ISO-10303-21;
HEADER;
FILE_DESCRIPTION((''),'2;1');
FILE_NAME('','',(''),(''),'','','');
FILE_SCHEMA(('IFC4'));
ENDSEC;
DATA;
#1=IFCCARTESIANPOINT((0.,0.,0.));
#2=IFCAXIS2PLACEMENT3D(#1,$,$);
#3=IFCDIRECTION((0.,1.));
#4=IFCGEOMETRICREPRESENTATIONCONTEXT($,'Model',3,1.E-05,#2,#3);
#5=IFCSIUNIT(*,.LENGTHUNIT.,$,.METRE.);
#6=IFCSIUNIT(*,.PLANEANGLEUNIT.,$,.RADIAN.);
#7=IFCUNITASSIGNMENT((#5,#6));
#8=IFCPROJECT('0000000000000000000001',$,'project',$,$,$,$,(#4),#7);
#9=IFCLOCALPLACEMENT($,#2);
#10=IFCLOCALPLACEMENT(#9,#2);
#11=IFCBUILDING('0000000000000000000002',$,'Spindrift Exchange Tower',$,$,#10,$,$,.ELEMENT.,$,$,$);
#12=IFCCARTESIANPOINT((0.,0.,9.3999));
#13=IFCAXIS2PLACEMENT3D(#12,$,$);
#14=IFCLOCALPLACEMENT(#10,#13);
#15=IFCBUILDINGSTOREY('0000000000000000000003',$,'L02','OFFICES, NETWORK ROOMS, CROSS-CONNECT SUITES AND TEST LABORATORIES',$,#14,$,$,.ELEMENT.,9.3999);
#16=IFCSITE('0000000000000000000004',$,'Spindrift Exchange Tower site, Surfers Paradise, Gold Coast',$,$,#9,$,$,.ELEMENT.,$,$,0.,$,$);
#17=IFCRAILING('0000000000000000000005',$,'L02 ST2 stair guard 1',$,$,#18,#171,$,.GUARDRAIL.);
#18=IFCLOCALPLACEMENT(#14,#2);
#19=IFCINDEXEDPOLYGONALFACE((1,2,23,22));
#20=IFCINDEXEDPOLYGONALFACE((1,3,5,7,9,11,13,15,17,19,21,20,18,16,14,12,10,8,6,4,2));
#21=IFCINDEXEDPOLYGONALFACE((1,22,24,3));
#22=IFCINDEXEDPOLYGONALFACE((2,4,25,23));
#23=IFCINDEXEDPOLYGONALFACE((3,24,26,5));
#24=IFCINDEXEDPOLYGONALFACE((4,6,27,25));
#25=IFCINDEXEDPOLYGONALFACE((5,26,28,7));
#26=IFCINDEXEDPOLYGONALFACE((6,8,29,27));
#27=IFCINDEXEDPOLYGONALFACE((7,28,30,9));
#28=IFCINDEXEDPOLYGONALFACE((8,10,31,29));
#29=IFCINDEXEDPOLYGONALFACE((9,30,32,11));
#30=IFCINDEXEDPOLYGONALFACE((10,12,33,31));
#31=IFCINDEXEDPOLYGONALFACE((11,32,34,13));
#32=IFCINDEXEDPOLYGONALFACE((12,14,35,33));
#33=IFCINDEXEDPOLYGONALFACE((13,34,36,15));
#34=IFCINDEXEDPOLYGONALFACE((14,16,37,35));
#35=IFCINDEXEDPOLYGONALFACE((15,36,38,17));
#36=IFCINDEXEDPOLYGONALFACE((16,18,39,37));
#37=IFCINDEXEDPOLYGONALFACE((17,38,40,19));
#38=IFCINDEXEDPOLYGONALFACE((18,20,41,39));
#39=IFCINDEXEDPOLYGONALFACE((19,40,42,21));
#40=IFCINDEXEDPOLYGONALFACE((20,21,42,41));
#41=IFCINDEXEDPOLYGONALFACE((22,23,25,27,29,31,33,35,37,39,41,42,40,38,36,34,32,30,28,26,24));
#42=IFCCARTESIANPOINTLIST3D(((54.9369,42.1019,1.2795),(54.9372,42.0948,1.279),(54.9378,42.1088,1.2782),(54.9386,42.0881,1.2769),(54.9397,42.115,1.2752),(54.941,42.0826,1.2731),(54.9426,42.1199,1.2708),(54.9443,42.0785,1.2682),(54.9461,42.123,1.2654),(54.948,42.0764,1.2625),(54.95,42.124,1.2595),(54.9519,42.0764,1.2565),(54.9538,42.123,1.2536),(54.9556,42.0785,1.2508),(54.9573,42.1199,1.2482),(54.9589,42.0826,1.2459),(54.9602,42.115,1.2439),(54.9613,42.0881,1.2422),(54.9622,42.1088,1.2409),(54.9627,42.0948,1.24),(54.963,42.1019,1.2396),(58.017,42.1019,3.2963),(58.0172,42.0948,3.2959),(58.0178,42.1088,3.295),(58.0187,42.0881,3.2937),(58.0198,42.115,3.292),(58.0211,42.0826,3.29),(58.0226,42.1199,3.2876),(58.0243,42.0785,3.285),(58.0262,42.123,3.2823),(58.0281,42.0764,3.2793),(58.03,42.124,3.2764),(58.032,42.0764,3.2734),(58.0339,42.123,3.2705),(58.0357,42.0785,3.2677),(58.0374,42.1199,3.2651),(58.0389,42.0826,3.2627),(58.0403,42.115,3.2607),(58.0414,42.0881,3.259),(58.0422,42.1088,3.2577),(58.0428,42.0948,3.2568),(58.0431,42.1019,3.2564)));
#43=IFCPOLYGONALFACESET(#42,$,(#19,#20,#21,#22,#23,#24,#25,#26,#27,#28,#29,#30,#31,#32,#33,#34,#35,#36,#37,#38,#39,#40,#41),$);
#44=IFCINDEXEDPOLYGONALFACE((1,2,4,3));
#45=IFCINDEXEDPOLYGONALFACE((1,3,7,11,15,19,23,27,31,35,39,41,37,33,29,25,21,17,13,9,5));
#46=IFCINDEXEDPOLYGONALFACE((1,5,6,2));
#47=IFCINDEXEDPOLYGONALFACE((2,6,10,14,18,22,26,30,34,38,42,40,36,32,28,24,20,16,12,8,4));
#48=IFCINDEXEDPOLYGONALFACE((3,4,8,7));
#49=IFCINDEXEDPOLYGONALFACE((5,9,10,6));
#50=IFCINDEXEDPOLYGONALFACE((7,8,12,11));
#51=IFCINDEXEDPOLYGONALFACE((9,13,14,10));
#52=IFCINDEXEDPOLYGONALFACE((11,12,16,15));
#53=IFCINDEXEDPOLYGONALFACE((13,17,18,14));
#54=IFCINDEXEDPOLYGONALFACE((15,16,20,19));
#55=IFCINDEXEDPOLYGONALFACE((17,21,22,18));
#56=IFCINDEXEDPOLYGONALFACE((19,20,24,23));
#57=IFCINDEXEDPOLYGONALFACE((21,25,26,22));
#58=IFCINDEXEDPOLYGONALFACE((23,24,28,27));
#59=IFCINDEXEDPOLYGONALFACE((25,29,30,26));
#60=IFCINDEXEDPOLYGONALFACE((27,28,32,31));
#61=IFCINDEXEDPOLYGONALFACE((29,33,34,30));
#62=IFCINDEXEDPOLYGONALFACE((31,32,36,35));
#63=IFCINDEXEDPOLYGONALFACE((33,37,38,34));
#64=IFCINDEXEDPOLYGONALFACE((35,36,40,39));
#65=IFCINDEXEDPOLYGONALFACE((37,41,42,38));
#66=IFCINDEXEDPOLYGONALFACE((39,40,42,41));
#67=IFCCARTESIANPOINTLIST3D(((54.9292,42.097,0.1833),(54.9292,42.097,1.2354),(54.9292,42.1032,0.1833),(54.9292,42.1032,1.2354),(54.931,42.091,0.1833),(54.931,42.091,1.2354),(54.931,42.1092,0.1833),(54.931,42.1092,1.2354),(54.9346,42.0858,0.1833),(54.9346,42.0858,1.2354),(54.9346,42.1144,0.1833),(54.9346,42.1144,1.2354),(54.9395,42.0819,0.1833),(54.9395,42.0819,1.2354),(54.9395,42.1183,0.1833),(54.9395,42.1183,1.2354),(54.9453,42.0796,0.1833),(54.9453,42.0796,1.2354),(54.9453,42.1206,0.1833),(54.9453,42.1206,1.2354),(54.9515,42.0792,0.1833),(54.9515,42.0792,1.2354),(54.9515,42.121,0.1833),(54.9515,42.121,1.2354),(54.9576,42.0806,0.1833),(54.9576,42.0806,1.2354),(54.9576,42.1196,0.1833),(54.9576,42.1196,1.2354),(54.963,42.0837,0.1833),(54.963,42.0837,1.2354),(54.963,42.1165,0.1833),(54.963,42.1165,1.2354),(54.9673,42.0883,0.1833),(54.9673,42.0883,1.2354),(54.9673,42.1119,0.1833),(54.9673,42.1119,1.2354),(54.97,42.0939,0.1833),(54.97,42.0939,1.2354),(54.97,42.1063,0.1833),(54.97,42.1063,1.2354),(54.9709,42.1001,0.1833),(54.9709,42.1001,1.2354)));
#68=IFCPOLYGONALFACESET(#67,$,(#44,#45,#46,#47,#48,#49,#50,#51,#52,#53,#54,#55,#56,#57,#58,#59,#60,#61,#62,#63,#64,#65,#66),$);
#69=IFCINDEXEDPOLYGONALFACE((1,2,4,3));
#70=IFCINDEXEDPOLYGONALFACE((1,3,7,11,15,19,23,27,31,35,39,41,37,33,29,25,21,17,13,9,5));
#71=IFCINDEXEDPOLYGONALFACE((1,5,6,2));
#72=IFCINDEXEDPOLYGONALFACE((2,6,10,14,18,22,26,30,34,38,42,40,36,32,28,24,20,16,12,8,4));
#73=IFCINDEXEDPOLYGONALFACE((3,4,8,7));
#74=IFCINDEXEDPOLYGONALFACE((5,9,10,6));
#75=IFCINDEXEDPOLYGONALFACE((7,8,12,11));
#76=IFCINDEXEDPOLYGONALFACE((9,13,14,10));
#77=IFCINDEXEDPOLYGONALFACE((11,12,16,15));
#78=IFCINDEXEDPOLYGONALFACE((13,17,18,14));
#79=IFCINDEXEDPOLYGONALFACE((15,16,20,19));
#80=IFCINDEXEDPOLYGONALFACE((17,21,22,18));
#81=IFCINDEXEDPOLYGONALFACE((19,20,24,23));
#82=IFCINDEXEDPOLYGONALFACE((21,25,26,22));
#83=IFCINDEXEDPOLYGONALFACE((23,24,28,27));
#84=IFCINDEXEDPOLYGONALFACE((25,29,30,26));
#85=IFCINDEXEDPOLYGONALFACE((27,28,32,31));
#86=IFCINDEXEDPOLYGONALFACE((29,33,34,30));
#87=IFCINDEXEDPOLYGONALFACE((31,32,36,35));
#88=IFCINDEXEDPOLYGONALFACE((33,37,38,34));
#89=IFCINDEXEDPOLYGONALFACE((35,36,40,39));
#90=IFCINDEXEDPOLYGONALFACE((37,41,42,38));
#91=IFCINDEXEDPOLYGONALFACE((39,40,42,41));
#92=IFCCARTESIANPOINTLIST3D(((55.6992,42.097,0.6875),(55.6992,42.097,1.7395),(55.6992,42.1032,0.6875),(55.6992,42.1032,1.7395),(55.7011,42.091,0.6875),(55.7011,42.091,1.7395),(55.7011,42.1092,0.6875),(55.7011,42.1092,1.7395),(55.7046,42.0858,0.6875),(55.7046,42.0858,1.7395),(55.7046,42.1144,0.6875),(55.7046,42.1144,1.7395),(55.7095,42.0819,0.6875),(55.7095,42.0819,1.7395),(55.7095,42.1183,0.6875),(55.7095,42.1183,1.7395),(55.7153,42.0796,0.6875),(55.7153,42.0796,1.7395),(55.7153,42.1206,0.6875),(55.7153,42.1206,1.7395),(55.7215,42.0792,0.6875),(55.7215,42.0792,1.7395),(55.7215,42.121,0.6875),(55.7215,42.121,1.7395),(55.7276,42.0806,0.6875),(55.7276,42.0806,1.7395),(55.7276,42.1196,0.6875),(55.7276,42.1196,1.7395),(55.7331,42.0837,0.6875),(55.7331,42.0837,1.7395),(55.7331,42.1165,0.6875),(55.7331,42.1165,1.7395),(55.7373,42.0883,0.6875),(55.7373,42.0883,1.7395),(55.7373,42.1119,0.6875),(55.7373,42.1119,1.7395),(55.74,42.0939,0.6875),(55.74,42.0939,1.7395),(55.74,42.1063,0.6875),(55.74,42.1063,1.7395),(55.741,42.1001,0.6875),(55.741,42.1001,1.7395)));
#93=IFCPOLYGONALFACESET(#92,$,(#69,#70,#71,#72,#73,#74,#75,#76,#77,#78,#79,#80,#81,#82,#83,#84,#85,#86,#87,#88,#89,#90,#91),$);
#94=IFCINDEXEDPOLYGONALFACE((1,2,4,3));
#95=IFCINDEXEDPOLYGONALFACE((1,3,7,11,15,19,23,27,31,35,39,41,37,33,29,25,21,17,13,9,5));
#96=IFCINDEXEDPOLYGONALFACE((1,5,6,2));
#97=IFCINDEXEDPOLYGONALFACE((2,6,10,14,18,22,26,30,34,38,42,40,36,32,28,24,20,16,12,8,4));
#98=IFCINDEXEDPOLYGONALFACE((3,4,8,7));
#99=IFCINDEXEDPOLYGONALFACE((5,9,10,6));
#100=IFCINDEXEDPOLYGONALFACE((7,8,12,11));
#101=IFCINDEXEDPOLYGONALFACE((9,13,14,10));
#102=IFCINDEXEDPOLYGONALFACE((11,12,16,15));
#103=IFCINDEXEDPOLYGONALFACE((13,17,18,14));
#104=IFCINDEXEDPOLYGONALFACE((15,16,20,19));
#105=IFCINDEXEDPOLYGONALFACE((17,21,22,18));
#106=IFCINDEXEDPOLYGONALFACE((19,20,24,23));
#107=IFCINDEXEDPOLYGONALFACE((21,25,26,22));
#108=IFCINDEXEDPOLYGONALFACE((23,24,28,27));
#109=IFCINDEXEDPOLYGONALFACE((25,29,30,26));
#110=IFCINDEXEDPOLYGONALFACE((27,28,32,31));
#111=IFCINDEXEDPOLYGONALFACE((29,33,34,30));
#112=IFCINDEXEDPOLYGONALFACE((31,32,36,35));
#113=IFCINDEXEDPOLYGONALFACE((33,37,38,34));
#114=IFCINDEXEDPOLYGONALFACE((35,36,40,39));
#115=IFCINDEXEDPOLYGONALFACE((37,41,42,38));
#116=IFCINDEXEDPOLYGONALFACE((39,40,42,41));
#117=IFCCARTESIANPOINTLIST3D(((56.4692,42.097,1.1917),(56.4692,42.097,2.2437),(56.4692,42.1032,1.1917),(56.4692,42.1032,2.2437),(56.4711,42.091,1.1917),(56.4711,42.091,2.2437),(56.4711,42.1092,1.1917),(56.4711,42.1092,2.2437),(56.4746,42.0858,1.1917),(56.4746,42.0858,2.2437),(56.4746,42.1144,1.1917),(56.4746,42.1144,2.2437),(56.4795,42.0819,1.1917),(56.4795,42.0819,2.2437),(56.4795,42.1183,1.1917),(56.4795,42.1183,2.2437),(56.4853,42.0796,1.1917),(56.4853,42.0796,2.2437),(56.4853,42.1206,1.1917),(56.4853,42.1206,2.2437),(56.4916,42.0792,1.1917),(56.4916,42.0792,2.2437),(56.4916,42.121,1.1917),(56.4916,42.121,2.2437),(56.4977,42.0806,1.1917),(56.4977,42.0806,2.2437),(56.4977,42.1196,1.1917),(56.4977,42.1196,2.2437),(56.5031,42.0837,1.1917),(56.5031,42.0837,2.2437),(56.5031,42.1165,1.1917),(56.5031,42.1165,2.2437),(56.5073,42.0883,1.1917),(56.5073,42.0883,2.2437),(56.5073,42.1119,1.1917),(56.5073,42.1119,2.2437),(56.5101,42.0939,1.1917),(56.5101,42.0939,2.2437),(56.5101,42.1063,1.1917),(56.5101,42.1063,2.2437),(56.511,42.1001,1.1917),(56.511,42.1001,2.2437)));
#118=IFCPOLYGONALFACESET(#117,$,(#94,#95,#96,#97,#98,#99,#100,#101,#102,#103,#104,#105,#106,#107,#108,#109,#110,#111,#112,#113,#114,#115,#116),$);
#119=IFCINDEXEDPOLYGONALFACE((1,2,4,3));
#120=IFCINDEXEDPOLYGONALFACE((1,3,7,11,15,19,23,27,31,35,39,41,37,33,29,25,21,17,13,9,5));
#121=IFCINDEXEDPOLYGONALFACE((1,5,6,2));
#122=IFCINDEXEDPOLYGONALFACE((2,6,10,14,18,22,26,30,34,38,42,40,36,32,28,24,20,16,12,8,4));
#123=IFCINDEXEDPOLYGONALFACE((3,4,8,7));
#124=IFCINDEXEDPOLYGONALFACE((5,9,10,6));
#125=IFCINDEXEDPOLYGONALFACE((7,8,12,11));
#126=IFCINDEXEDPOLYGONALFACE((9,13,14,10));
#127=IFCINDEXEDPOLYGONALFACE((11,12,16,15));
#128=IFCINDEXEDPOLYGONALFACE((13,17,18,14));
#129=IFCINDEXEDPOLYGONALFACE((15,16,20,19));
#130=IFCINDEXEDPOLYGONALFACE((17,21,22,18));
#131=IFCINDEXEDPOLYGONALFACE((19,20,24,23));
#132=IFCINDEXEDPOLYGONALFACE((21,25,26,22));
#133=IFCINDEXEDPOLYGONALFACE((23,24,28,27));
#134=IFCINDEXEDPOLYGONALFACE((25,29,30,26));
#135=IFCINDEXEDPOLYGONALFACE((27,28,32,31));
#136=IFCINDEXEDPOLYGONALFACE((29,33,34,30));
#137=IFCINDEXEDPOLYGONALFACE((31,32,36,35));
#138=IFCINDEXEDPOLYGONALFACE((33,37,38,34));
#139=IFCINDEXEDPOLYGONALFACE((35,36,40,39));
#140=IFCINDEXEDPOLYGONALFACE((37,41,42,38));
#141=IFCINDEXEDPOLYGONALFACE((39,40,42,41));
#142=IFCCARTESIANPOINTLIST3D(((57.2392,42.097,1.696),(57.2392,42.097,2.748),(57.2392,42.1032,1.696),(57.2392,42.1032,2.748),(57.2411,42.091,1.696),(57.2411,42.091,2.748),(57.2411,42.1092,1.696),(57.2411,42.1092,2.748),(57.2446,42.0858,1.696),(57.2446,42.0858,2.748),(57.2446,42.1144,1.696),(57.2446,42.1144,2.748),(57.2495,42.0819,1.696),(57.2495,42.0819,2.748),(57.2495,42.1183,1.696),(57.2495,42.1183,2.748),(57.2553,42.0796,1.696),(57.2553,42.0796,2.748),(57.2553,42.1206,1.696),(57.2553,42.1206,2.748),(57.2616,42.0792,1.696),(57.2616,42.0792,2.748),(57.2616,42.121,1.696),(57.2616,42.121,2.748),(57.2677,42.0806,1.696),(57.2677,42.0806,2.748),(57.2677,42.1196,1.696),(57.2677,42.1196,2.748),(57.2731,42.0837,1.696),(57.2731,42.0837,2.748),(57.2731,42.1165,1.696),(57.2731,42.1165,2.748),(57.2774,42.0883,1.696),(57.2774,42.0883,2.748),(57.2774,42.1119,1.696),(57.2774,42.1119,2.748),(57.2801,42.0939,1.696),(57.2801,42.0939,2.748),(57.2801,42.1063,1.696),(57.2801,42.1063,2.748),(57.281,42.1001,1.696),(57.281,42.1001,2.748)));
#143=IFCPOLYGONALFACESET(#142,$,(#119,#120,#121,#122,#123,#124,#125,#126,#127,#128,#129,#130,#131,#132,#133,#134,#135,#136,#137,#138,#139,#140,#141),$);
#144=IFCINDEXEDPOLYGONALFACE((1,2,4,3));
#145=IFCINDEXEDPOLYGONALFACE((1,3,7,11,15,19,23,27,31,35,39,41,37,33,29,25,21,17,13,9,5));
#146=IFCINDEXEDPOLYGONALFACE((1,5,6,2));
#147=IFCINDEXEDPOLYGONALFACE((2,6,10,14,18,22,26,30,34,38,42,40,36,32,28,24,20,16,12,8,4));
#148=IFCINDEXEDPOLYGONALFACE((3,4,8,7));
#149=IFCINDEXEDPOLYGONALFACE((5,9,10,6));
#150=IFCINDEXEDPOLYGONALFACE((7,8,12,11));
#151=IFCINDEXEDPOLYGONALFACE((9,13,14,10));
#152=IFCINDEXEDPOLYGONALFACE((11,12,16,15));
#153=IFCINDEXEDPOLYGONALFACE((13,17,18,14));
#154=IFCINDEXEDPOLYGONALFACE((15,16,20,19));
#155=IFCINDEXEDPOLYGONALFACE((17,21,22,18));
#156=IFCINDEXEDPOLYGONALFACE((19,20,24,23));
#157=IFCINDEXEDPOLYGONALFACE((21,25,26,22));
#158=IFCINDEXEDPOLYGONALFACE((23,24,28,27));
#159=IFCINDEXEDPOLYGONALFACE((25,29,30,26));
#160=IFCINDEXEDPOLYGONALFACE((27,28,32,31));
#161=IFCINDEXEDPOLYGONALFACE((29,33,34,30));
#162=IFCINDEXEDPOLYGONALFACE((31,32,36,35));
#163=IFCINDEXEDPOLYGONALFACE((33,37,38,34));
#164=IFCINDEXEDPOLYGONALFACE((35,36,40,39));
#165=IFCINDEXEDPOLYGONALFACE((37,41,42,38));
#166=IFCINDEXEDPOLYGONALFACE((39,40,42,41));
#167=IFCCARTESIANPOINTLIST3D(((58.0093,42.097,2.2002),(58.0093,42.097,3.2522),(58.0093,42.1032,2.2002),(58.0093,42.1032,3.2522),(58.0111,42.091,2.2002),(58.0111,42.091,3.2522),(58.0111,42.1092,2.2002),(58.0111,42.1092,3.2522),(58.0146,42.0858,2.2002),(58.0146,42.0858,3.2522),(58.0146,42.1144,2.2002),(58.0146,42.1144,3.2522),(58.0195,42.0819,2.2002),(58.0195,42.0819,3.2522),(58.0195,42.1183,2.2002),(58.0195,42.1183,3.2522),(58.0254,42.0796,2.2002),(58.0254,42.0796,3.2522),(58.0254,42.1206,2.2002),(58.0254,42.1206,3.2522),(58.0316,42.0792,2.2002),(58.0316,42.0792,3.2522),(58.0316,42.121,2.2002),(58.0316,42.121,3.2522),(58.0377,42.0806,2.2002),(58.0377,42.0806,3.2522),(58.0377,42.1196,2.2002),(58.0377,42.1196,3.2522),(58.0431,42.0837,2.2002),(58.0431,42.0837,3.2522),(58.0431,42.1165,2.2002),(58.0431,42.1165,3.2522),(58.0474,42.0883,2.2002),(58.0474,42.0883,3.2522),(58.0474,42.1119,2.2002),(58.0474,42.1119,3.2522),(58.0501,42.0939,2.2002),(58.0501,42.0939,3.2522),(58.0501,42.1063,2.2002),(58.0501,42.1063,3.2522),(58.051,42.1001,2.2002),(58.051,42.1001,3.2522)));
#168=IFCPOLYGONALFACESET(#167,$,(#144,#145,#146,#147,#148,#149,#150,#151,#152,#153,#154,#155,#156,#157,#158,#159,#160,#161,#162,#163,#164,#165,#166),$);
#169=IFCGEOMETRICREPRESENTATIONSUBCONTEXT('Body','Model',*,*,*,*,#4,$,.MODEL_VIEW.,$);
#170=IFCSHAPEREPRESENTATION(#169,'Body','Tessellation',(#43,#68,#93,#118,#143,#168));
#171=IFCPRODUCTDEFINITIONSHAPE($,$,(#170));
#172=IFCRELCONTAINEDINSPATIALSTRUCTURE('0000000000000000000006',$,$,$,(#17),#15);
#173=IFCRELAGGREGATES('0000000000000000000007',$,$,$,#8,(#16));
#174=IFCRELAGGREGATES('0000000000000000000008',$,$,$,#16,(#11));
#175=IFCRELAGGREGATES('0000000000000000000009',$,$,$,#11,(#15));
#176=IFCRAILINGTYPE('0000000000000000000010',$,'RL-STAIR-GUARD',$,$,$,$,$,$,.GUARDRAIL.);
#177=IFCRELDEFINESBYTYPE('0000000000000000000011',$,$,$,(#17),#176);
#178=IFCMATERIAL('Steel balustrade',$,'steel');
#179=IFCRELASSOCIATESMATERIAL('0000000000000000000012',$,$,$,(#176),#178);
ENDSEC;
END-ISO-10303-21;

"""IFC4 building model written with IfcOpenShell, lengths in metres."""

from ifc_helpers import new_model, si_unit, direction, frame, origin, origin_2d, place, context, subcontext, project, spatial, circle, extrude, material, type_object, element, save


model = new_model("IFC4")

# Units and contexts
model_context = context("Model", 3, precision=1e-05, world=origin(), true_north=direction((0.0, 1.0)))
body_context = subcontext(model_context, "Body", "Model", "MODEL_VIEW")
ifc_project = project(units=[si_unit("LENGTHUNIT", "METRE"), si_unit("PLANEANGLEUNIT", "RADIAN")], contexts=[model_context])

# Site, building, storey
site_placement = place(None, origin())
site = spatial("IfcSite", under=ifc_project, at=site_placement, Name="Spindrift Exchange Tower site, Surfers Paradise, Gold Coast", CompositionType="ELEMENT", RefElevation=0.0)
building_placement = place(site_placement, origin())
building = spatial("IfcBuilding", under=site, at=building_placement, Name="Spindrift Exchange Tower", CompositionType="ELEMENT")
storey_placement = place(building_placement, frame((0.0, 0.0, 9.3999)))
storey = spatial("IfcBuildingStorey", under=building, at=storey_placement, Name="L02", Description="OFFICES, NETWORK ROOMS, CROSS-CONNECT SUITES AND TEST LABORATORIES", CompositionType="ELEMENT", Elevation=9.3999)

# Railing
ifc_material_1 = material(Name="Steel balustrade", Category="steel")
railing_type_1 = type_object("IfcRailingType", Name="RL-STAIR-GUARD", PredefinedType="GUARDRAIL", material=ifc_material_1)
railing_1_placement = place(storey_placement, frame((54.95, 42.1001, 0.1833)))
element("IfcRailing", 1, at=railing_1_placement, inside=storey, type_object=railing_type_1, Name="L02 ST2 stair guard 1", PredefinedType="GUARDRAIL", context=body_context, shape_type="SweptSolid", body=[
    extrude(circle(Radius=0.0239, at=origin_2d()), frame((0.0, 0.0, 1.0762), z_axis=(0.836603, 0.0, 0.54781), x_axis=(0.0, 1.0, 0.0)), (0.0, 0.0, 1.0), 3.6816),
    extrude(circle(Radius=0.021, at=origin_2d()), origin(), (0.0, 0.0, 1.0), 1.052),
    extrude(circle(Radius=0.021, at=origin_2d()), frame((0.77, 0.0, 0.5042)), (0.0, 0.0, 1.0), 1.052),
    extrude(circle(Radius=0.021, at=origin_2d()), frame((1.54, 0.0, 1.0083)), (0.0, 0.0, 1.0), 1.052),
    extrude(circle(Radius=0.021, at=origin_2d()), frame((2.3101, 0.0, 1.5127)), (0.0, 0.0, 1.0), 1.052),
    extrude(circle(Radius=0.021, at=origin_2d()), frame((3.0801, 0.0, 2.0168)), (0.0, 0.0, 1.0), 1.052),
])

save(model, "model.ifc")
